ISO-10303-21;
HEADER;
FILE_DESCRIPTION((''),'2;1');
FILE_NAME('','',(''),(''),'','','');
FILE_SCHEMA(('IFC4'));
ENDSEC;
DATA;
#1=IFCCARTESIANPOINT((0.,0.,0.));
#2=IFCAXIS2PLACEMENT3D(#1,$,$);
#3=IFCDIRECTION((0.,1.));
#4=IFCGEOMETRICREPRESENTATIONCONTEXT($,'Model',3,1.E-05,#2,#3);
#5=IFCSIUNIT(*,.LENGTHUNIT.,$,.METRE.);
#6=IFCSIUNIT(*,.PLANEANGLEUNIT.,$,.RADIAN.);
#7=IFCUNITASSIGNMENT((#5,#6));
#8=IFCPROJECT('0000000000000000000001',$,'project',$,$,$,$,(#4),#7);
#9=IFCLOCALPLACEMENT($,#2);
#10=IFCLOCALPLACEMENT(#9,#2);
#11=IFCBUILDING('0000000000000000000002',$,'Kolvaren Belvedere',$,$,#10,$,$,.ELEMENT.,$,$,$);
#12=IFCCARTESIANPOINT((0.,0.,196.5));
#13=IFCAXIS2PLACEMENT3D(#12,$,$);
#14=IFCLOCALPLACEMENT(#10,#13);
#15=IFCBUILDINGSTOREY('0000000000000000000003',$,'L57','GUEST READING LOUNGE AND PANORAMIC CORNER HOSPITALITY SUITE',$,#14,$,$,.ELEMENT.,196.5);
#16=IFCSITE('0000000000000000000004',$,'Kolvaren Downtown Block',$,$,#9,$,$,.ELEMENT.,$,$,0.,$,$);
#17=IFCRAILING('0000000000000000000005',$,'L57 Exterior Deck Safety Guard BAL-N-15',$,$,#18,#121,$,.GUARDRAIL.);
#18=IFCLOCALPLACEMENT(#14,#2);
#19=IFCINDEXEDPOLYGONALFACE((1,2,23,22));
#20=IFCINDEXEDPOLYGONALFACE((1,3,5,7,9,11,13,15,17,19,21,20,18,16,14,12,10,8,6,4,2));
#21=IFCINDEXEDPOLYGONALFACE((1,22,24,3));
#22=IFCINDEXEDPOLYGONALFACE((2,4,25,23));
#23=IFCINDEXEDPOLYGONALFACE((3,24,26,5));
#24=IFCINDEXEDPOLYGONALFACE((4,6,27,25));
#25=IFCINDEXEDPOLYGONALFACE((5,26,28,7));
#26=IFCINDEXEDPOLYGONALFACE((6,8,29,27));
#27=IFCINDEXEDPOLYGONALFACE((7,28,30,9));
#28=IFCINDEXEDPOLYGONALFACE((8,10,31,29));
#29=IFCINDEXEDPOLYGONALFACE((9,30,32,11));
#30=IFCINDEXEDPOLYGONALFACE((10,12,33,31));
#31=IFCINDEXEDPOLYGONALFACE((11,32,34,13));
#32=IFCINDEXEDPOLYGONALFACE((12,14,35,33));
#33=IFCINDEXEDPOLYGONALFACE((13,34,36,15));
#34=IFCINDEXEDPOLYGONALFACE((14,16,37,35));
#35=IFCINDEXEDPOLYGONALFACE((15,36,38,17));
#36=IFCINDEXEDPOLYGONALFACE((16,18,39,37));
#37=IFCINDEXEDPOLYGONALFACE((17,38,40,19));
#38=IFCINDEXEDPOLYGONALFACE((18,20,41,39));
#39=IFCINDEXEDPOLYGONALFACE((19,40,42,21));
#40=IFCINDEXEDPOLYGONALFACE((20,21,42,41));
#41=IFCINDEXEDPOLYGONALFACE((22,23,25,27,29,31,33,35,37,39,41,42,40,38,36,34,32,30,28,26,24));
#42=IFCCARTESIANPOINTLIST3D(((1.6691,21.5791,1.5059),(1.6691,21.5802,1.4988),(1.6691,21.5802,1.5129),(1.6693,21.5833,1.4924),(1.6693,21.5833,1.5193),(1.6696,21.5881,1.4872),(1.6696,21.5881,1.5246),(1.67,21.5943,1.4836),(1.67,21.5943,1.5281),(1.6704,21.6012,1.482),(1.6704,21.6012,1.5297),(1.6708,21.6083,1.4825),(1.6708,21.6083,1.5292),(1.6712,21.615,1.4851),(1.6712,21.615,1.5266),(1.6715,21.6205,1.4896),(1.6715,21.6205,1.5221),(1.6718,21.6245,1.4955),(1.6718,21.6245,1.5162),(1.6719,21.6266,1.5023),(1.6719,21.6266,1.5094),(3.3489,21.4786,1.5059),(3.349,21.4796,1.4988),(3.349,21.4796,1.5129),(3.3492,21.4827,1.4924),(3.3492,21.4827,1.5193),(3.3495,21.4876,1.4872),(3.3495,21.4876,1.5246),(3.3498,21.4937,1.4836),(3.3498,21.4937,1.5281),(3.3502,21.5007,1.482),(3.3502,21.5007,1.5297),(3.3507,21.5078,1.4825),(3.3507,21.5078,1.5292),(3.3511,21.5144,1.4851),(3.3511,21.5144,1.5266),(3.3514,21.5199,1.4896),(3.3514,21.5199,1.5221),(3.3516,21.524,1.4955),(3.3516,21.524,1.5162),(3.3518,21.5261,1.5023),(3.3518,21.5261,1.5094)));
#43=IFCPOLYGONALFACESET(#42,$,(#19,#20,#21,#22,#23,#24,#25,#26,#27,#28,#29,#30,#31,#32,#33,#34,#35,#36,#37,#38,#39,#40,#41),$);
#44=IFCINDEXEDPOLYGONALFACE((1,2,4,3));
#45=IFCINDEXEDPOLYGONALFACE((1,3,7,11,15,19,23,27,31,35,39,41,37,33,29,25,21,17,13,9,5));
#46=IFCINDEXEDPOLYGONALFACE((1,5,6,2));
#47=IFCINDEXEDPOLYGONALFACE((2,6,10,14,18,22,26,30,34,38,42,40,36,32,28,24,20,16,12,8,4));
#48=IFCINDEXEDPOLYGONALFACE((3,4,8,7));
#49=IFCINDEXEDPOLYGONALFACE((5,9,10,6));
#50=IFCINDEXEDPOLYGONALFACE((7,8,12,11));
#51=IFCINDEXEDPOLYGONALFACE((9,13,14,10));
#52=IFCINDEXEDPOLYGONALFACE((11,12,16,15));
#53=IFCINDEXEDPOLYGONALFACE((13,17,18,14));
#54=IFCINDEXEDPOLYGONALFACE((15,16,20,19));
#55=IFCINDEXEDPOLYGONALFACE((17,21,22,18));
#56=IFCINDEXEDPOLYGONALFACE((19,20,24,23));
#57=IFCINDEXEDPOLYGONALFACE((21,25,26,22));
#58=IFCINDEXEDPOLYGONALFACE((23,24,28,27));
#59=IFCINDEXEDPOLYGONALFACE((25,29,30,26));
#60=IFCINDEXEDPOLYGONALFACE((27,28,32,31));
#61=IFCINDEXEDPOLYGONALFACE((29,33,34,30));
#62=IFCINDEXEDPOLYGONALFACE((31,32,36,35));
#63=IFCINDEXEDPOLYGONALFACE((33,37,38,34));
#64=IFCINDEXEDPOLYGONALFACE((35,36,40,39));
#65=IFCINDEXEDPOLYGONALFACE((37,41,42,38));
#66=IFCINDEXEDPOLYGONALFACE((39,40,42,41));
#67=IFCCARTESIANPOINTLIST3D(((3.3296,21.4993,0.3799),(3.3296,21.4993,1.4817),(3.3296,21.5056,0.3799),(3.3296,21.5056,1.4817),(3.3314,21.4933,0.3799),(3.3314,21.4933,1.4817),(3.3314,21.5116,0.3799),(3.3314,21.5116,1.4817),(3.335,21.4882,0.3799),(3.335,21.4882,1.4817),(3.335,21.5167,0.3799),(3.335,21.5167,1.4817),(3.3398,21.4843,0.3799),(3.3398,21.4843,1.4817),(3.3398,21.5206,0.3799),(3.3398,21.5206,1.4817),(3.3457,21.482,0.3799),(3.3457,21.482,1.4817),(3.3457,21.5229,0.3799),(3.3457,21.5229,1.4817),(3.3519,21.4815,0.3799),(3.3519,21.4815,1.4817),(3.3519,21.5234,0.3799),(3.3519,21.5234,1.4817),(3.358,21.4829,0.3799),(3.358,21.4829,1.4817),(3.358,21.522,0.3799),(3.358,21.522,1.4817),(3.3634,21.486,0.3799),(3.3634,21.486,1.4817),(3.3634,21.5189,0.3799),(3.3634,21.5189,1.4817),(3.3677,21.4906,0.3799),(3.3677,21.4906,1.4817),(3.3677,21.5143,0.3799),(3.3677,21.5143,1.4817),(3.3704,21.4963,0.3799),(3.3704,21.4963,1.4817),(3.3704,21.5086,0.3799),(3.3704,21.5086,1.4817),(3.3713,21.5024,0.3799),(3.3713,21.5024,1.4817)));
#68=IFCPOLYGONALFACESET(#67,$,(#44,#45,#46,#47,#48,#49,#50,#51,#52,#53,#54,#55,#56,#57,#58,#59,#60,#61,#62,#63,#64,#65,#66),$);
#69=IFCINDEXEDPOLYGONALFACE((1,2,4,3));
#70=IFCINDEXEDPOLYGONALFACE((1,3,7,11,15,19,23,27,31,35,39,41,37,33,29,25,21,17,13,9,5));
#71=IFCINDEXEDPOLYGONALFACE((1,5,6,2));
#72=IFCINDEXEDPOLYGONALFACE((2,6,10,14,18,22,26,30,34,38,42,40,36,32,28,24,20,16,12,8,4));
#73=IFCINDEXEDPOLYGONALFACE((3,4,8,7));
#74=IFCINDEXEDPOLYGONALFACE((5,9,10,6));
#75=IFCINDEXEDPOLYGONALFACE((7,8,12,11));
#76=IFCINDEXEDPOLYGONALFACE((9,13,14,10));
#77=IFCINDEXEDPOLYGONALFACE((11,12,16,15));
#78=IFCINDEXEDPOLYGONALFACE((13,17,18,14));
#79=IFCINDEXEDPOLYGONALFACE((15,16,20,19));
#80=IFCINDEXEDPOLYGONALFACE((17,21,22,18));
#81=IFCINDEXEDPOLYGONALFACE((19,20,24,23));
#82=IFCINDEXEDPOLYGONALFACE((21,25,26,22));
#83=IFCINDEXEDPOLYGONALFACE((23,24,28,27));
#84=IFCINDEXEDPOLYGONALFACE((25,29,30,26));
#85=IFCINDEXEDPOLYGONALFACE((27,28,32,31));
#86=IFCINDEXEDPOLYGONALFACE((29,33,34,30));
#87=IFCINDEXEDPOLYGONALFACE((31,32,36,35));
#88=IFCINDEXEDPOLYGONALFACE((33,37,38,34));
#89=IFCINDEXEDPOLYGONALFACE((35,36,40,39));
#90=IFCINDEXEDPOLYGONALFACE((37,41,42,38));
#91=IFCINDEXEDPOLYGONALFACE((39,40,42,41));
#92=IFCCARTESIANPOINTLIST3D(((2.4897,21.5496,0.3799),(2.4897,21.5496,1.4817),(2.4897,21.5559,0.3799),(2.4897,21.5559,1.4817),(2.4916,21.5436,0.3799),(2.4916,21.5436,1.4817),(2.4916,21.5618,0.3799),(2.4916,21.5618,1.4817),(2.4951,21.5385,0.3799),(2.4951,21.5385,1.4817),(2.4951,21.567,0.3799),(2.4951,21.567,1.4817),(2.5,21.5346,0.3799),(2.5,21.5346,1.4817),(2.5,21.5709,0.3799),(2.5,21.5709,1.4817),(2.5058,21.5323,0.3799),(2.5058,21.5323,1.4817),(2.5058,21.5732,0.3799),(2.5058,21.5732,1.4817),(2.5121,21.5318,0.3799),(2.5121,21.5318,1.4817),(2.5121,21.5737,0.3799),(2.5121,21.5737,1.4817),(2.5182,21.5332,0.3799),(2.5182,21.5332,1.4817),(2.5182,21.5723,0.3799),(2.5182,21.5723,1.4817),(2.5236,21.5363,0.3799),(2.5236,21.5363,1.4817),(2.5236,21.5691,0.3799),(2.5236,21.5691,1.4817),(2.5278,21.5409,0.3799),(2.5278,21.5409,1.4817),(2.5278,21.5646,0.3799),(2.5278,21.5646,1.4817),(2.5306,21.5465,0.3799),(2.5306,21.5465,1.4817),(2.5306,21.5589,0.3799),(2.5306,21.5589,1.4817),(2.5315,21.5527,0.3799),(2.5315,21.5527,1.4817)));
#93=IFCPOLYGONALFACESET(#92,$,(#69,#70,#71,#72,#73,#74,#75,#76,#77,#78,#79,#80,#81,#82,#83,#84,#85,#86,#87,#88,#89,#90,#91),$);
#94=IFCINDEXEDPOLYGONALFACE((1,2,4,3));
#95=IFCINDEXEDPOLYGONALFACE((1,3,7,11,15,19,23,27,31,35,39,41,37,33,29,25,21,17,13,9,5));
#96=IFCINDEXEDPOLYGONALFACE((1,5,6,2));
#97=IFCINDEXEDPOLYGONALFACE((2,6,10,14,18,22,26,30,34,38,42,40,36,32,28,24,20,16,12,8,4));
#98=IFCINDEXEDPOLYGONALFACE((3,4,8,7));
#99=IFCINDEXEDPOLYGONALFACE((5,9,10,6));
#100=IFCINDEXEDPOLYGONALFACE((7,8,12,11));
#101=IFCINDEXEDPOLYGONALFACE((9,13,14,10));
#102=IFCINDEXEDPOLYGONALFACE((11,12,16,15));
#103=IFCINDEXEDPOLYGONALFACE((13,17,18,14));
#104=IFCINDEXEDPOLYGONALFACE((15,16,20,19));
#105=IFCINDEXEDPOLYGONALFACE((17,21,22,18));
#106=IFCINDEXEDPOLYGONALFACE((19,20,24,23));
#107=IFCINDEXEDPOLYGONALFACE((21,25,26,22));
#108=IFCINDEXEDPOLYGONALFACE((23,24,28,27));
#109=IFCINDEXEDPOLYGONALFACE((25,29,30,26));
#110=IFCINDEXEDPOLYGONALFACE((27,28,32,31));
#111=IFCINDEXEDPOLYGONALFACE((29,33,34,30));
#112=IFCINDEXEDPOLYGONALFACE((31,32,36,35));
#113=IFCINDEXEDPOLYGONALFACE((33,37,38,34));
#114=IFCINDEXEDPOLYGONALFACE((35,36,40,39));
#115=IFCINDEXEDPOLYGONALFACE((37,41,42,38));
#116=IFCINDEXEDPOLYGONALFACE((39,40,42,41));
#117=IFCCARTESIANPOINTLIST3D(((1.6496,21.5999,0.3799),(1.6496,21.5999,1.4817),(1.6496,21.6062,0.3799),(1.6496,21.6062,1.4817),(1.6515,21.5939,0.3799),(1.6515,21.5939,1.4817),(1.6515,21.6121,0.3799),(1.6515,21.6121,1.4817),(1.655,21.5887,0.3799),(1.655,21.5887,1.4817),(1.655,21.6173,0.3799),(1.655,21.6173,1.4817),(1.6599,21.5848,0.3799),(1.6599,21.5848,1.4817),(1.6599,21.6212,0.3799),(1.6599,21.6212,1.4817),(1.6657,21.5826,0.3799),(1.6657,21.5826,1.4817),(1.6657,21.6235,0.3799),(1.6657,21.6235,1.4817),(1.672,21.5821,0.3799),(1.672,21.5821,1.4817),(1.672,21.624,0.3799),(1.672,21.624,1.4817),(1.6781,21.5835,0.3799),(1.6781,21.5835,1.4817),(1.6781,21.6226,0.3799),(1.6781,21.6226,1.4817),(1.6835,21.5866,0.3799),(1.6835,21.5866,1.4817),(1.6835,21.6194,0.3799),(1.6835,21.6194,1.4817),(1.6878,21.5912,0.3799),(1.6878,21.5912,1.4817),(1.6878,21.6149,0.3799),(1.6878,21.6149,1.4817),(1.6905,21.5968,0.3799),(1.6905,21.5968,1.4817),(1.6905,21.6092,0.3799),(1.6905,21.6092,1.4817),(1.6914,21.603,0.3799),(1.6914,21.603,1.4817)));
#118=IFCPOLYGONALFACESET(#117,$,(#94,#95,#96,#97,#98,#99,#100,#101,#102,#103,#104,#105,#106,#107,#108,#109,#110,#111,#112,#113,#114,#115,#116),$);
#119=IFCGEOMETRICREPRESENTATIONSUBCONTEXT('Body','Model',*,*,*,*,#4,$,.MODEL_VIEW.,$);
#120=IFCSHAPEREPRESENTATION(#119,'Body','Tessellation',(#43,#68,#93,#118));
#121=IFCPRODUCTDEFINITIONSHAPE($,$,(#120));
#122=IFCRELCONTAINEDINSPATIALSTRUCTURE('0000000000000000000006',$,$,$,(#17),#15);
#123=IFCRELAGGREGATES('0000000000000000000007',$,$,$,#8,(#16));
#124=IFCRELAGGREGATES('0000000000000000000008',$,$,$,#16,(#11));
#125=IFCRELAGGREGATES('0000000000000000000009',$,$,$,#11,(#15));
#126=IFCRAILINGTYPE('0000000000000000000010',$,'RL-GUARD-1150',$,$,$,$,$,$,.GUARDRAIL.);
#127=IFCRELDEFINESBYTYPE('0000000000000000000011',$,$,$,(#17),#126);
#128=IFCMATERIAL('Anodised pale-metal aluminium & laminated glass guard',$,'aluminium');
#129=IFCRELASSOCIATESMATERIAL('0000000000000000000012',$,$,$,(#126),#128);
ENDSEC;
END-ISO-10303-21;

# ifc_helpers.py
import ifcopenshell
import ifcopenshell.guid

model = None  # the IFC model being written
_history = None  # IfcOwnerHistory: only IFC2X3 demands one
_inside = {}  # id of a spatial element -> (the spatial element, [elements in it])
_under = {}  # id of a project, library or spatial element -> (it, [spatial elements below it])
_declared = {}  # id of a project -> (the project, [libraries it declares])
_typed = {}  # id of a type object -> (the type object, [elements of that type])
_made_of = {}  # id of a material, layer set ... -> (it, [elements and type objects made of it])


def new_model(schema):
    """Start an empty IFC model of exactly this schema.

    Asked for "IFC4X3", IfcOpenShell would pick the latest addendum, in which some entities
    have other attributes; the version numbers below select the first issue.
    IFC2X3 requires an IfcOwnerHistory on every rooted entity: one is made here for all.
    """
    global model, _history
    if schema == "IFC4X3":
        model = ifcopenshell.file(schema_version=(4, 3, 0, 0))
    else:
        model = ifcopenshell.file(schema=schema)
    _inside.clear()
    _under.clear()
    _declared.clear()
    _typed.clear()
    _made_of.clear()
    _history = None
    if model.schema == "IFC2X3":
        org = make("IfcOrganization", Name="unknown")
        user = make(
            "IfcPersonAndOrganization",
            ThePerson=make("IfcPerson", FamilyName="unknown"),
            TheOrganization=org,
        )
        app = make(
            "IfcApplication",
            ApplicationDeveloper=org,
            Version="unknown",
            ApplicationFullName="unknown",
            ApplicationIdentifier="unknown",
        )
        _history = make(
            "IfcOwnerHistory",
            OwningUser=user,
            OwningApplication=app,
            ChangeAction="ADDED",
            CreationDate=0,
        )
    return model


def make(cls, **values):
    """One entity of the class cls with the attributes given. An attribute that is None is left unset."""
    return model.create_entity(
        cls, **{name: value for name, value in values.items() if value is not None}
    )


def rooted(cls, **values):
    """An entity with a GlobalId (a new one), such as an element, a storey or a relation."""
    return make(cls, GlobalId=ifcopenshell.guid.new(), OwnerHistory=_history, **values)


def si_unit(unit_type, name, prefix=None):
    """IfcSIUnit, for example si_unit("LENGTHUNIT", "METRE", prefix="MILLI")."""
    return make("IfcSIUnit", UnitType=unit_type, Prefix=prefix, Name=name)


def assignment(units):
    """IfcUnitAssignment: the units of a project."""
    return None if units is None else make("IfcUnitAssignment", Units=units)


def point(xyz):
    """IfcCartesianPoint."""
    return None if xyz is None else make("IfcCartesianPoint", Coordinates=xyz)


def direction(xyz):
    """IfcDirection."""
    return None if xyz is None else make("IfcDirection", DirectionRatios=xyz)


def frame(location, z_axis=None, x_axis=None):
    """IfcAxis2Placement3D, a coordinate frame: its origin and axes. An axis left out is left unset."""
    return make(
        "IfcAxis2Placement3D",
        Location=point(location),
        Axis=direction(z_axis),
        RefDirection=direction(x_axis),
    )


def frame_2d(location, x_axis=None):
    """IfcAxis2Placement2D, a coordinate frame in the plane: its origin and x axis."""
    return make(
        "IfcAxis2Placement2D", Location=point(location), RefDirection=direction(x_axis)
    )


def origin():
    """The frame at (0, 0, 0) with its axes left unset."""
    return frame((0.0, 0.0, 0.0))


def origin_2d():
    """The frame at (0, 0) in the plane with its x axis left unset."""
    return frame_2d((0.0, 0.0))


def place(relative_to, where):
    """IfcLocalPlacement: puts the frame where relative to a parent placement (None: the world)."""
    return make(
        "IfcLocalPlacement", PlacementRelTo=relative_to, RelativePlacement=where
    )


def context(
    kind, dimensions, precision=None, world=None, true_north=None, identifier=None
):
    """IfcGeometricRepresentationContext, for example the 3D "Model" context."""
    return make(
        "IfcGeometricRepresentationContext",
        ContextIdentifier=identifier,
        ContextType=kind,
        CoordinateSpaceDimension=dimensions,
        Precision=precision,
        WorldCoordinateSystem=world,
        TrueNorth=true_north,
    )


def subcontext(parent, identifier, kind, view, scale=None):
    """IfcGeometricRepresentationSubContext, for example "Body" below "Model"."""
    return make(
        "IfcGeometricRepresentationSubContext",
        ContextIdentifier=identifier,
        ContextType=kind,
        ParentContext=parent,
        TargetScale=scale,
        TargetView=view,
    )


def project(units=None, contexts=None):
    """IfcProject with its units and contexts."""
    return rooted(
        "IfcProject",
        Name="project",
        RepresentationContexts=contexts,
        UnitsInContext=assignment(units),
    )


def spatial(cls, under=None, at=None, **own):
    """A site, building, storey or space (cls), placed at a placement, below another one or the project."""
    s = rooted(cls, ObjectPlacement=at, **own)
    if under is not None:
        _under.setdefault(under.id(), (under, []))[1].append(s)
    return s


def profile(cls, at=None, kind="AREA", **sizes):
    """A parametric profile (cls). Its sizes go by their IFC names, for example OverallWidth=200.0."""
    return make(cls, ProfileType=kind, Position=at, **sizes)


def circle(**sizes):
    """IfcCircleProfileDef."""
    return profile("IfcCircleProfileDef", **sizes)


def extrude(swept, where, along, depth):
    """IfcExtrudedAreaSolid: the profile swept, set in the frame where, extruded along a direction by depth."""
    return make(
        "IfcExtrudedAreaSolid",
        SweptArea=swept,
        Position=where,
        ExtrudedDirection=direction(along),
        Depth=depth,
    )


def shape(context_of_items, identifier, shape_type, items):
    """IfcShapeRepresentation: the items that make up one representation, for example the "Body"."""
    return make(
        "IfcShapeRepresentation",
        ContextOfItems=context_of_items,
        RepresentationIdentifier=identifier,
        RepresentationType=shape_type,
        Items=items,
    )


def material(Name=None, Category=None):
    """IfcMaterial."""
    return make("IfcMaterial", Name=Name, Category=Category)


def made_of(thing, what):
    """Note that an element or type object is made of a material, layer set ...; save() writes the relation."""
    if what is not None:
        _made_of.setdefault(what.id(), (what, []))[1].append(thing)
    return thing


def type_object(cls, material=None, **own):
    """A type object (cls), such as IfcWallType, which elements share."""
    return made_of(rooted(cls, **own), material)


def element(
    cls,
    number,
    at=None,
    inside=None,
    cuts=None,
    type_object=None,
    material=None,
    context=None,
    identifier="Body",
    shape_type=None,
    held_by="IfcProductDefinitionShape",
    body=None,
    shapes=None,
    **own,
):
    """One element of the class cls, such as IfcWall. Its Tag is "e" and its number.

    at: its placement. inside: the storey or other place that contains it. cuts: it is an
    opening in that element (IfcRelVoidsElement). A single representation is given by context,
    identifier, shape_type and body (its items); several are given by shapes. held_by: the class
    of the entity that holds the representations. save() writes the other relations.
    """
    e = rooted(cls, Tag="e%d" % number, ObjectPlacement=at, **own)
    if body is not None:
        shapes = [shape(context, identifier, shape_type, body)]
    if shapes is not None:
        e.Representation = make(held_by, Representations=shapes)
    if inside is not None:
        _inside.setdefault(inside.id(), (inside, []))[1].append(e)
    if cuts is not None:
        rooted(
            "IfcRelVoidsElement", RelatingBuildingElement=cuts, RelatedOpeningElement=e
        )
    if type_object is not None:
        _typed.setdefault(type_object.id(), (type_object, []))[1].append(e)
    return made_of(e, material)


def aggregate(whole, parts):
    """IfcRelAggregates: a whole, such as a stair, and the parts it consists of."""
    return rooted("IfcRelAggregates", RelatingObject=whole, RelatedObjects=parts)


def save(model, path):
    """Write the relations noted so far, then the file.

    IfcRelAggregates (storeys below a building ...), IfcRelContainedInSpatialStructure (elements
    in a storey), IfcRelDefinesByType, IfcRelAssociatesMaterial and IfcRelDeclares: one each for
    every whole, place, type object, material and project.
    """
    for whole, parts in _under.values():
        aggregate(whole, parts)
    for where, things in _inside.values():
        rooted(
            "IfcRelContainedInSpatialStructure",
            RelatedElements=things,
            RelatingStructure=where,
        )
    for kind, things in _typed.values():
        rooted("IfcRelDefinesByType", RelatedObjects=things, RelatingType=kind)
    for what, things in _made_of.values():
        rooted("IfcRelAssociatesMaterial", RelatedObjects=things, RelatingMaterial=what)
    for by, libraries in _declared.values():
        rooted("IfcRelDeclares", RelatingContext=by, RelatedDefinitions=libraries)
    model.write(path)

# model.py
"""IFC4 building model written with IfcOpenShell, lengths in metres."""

from ifc_helpers import new_model, si_unit, direction, frame, origin, origin_2d, place, context, subcontext, project, spatial, circle, extrude, material, type_object, element, save


model = new_model("IFC4")

# Units and contexts
model_context = context("Model", 3, precision=1e-05, world=origin(), true_north=direction((0.0, 1.0)))
body_context = subcontext(model_context, "Body", "Model", "MODEL_VIEW")
ifc_project = project(units=[si_unit("LENGTHUNIT", "METRE"), si_unit("PLANEANGLEUNIT", "RADIAN")], contexts=[model_context])

# Site, building, storey
site_placement = place(None, origin())
site = spatial("IfcSite", under=ifc_project, at=site_placement, Name="Kolvaren Downtown Block", CompositionType="ELEMENT", RefElevation=0.0)
building_placement = place(site_placement, origin())
building = spatial("IfcBuilding", under=site, at=building_placement, Name="Kolvaren Belvedere", CompositionType="ELEMENT")
storey_placement = place(building_placement, frame((0.0, 0.0, 196.5)))
storey = spatial("IfcBuildingStorey", under=building, at=storey_placement, Name="L57", Description="GUEST READING LOUNGE AND PANORAMIC CORNER HOSPITALITY SUITE", CompositionType="ELEMENT", Elevation=196.5)

# Railing
ifc_material_1 = material(Name="Anodised pale-metal aluminium & laminated glass guard", Category="aluminium")
railing_type = type_object("IfcRailingType", Name="RL-GUARD-1150", PredefinedType="GUARDRAIL", material=ifc_material_1)
railing_1_placement = place(storey_placement, frame((3.3503, 21.5024, 0.3799)))
element("IfcRailing", 1, at=railing_1_placement, inside=storey, type_object=railing_type, Name="L57 Exterior Deck Safety Guard BAL-N-15", PredefinedType="GUARDRAIL", context=body_context, shape_type="SweptSolid", body=[
    extrude(circle(Radius=0.0239, at=origin_2d()), frame((0.0, 0.0, 1.126), z_axis=(-0.998212, 0.059768, 0.0), x_axis=(-0.059768, -0.998212, 0.0)), (0.0, 0.0, 1.0), 1.6829),
    extrude(circle(Radius=0.021, at=origin_2d()), origin(), (0.0, 0.0, 1.0), 1.1018),
    extrude(circle(Radius=0.021, at=origin_2d()), frame((-0.8398, 0.0503, 0.0)), (0.0, 0.0, 1.0), 1.1018),
    extrude(circle(Radius=0.021, at=origin_2d()), frame((-1.6799, 0.1006, 0.0)), (0.0, 0.0, 1.0), 1.1018),
])

save(model, "model.ifc")
